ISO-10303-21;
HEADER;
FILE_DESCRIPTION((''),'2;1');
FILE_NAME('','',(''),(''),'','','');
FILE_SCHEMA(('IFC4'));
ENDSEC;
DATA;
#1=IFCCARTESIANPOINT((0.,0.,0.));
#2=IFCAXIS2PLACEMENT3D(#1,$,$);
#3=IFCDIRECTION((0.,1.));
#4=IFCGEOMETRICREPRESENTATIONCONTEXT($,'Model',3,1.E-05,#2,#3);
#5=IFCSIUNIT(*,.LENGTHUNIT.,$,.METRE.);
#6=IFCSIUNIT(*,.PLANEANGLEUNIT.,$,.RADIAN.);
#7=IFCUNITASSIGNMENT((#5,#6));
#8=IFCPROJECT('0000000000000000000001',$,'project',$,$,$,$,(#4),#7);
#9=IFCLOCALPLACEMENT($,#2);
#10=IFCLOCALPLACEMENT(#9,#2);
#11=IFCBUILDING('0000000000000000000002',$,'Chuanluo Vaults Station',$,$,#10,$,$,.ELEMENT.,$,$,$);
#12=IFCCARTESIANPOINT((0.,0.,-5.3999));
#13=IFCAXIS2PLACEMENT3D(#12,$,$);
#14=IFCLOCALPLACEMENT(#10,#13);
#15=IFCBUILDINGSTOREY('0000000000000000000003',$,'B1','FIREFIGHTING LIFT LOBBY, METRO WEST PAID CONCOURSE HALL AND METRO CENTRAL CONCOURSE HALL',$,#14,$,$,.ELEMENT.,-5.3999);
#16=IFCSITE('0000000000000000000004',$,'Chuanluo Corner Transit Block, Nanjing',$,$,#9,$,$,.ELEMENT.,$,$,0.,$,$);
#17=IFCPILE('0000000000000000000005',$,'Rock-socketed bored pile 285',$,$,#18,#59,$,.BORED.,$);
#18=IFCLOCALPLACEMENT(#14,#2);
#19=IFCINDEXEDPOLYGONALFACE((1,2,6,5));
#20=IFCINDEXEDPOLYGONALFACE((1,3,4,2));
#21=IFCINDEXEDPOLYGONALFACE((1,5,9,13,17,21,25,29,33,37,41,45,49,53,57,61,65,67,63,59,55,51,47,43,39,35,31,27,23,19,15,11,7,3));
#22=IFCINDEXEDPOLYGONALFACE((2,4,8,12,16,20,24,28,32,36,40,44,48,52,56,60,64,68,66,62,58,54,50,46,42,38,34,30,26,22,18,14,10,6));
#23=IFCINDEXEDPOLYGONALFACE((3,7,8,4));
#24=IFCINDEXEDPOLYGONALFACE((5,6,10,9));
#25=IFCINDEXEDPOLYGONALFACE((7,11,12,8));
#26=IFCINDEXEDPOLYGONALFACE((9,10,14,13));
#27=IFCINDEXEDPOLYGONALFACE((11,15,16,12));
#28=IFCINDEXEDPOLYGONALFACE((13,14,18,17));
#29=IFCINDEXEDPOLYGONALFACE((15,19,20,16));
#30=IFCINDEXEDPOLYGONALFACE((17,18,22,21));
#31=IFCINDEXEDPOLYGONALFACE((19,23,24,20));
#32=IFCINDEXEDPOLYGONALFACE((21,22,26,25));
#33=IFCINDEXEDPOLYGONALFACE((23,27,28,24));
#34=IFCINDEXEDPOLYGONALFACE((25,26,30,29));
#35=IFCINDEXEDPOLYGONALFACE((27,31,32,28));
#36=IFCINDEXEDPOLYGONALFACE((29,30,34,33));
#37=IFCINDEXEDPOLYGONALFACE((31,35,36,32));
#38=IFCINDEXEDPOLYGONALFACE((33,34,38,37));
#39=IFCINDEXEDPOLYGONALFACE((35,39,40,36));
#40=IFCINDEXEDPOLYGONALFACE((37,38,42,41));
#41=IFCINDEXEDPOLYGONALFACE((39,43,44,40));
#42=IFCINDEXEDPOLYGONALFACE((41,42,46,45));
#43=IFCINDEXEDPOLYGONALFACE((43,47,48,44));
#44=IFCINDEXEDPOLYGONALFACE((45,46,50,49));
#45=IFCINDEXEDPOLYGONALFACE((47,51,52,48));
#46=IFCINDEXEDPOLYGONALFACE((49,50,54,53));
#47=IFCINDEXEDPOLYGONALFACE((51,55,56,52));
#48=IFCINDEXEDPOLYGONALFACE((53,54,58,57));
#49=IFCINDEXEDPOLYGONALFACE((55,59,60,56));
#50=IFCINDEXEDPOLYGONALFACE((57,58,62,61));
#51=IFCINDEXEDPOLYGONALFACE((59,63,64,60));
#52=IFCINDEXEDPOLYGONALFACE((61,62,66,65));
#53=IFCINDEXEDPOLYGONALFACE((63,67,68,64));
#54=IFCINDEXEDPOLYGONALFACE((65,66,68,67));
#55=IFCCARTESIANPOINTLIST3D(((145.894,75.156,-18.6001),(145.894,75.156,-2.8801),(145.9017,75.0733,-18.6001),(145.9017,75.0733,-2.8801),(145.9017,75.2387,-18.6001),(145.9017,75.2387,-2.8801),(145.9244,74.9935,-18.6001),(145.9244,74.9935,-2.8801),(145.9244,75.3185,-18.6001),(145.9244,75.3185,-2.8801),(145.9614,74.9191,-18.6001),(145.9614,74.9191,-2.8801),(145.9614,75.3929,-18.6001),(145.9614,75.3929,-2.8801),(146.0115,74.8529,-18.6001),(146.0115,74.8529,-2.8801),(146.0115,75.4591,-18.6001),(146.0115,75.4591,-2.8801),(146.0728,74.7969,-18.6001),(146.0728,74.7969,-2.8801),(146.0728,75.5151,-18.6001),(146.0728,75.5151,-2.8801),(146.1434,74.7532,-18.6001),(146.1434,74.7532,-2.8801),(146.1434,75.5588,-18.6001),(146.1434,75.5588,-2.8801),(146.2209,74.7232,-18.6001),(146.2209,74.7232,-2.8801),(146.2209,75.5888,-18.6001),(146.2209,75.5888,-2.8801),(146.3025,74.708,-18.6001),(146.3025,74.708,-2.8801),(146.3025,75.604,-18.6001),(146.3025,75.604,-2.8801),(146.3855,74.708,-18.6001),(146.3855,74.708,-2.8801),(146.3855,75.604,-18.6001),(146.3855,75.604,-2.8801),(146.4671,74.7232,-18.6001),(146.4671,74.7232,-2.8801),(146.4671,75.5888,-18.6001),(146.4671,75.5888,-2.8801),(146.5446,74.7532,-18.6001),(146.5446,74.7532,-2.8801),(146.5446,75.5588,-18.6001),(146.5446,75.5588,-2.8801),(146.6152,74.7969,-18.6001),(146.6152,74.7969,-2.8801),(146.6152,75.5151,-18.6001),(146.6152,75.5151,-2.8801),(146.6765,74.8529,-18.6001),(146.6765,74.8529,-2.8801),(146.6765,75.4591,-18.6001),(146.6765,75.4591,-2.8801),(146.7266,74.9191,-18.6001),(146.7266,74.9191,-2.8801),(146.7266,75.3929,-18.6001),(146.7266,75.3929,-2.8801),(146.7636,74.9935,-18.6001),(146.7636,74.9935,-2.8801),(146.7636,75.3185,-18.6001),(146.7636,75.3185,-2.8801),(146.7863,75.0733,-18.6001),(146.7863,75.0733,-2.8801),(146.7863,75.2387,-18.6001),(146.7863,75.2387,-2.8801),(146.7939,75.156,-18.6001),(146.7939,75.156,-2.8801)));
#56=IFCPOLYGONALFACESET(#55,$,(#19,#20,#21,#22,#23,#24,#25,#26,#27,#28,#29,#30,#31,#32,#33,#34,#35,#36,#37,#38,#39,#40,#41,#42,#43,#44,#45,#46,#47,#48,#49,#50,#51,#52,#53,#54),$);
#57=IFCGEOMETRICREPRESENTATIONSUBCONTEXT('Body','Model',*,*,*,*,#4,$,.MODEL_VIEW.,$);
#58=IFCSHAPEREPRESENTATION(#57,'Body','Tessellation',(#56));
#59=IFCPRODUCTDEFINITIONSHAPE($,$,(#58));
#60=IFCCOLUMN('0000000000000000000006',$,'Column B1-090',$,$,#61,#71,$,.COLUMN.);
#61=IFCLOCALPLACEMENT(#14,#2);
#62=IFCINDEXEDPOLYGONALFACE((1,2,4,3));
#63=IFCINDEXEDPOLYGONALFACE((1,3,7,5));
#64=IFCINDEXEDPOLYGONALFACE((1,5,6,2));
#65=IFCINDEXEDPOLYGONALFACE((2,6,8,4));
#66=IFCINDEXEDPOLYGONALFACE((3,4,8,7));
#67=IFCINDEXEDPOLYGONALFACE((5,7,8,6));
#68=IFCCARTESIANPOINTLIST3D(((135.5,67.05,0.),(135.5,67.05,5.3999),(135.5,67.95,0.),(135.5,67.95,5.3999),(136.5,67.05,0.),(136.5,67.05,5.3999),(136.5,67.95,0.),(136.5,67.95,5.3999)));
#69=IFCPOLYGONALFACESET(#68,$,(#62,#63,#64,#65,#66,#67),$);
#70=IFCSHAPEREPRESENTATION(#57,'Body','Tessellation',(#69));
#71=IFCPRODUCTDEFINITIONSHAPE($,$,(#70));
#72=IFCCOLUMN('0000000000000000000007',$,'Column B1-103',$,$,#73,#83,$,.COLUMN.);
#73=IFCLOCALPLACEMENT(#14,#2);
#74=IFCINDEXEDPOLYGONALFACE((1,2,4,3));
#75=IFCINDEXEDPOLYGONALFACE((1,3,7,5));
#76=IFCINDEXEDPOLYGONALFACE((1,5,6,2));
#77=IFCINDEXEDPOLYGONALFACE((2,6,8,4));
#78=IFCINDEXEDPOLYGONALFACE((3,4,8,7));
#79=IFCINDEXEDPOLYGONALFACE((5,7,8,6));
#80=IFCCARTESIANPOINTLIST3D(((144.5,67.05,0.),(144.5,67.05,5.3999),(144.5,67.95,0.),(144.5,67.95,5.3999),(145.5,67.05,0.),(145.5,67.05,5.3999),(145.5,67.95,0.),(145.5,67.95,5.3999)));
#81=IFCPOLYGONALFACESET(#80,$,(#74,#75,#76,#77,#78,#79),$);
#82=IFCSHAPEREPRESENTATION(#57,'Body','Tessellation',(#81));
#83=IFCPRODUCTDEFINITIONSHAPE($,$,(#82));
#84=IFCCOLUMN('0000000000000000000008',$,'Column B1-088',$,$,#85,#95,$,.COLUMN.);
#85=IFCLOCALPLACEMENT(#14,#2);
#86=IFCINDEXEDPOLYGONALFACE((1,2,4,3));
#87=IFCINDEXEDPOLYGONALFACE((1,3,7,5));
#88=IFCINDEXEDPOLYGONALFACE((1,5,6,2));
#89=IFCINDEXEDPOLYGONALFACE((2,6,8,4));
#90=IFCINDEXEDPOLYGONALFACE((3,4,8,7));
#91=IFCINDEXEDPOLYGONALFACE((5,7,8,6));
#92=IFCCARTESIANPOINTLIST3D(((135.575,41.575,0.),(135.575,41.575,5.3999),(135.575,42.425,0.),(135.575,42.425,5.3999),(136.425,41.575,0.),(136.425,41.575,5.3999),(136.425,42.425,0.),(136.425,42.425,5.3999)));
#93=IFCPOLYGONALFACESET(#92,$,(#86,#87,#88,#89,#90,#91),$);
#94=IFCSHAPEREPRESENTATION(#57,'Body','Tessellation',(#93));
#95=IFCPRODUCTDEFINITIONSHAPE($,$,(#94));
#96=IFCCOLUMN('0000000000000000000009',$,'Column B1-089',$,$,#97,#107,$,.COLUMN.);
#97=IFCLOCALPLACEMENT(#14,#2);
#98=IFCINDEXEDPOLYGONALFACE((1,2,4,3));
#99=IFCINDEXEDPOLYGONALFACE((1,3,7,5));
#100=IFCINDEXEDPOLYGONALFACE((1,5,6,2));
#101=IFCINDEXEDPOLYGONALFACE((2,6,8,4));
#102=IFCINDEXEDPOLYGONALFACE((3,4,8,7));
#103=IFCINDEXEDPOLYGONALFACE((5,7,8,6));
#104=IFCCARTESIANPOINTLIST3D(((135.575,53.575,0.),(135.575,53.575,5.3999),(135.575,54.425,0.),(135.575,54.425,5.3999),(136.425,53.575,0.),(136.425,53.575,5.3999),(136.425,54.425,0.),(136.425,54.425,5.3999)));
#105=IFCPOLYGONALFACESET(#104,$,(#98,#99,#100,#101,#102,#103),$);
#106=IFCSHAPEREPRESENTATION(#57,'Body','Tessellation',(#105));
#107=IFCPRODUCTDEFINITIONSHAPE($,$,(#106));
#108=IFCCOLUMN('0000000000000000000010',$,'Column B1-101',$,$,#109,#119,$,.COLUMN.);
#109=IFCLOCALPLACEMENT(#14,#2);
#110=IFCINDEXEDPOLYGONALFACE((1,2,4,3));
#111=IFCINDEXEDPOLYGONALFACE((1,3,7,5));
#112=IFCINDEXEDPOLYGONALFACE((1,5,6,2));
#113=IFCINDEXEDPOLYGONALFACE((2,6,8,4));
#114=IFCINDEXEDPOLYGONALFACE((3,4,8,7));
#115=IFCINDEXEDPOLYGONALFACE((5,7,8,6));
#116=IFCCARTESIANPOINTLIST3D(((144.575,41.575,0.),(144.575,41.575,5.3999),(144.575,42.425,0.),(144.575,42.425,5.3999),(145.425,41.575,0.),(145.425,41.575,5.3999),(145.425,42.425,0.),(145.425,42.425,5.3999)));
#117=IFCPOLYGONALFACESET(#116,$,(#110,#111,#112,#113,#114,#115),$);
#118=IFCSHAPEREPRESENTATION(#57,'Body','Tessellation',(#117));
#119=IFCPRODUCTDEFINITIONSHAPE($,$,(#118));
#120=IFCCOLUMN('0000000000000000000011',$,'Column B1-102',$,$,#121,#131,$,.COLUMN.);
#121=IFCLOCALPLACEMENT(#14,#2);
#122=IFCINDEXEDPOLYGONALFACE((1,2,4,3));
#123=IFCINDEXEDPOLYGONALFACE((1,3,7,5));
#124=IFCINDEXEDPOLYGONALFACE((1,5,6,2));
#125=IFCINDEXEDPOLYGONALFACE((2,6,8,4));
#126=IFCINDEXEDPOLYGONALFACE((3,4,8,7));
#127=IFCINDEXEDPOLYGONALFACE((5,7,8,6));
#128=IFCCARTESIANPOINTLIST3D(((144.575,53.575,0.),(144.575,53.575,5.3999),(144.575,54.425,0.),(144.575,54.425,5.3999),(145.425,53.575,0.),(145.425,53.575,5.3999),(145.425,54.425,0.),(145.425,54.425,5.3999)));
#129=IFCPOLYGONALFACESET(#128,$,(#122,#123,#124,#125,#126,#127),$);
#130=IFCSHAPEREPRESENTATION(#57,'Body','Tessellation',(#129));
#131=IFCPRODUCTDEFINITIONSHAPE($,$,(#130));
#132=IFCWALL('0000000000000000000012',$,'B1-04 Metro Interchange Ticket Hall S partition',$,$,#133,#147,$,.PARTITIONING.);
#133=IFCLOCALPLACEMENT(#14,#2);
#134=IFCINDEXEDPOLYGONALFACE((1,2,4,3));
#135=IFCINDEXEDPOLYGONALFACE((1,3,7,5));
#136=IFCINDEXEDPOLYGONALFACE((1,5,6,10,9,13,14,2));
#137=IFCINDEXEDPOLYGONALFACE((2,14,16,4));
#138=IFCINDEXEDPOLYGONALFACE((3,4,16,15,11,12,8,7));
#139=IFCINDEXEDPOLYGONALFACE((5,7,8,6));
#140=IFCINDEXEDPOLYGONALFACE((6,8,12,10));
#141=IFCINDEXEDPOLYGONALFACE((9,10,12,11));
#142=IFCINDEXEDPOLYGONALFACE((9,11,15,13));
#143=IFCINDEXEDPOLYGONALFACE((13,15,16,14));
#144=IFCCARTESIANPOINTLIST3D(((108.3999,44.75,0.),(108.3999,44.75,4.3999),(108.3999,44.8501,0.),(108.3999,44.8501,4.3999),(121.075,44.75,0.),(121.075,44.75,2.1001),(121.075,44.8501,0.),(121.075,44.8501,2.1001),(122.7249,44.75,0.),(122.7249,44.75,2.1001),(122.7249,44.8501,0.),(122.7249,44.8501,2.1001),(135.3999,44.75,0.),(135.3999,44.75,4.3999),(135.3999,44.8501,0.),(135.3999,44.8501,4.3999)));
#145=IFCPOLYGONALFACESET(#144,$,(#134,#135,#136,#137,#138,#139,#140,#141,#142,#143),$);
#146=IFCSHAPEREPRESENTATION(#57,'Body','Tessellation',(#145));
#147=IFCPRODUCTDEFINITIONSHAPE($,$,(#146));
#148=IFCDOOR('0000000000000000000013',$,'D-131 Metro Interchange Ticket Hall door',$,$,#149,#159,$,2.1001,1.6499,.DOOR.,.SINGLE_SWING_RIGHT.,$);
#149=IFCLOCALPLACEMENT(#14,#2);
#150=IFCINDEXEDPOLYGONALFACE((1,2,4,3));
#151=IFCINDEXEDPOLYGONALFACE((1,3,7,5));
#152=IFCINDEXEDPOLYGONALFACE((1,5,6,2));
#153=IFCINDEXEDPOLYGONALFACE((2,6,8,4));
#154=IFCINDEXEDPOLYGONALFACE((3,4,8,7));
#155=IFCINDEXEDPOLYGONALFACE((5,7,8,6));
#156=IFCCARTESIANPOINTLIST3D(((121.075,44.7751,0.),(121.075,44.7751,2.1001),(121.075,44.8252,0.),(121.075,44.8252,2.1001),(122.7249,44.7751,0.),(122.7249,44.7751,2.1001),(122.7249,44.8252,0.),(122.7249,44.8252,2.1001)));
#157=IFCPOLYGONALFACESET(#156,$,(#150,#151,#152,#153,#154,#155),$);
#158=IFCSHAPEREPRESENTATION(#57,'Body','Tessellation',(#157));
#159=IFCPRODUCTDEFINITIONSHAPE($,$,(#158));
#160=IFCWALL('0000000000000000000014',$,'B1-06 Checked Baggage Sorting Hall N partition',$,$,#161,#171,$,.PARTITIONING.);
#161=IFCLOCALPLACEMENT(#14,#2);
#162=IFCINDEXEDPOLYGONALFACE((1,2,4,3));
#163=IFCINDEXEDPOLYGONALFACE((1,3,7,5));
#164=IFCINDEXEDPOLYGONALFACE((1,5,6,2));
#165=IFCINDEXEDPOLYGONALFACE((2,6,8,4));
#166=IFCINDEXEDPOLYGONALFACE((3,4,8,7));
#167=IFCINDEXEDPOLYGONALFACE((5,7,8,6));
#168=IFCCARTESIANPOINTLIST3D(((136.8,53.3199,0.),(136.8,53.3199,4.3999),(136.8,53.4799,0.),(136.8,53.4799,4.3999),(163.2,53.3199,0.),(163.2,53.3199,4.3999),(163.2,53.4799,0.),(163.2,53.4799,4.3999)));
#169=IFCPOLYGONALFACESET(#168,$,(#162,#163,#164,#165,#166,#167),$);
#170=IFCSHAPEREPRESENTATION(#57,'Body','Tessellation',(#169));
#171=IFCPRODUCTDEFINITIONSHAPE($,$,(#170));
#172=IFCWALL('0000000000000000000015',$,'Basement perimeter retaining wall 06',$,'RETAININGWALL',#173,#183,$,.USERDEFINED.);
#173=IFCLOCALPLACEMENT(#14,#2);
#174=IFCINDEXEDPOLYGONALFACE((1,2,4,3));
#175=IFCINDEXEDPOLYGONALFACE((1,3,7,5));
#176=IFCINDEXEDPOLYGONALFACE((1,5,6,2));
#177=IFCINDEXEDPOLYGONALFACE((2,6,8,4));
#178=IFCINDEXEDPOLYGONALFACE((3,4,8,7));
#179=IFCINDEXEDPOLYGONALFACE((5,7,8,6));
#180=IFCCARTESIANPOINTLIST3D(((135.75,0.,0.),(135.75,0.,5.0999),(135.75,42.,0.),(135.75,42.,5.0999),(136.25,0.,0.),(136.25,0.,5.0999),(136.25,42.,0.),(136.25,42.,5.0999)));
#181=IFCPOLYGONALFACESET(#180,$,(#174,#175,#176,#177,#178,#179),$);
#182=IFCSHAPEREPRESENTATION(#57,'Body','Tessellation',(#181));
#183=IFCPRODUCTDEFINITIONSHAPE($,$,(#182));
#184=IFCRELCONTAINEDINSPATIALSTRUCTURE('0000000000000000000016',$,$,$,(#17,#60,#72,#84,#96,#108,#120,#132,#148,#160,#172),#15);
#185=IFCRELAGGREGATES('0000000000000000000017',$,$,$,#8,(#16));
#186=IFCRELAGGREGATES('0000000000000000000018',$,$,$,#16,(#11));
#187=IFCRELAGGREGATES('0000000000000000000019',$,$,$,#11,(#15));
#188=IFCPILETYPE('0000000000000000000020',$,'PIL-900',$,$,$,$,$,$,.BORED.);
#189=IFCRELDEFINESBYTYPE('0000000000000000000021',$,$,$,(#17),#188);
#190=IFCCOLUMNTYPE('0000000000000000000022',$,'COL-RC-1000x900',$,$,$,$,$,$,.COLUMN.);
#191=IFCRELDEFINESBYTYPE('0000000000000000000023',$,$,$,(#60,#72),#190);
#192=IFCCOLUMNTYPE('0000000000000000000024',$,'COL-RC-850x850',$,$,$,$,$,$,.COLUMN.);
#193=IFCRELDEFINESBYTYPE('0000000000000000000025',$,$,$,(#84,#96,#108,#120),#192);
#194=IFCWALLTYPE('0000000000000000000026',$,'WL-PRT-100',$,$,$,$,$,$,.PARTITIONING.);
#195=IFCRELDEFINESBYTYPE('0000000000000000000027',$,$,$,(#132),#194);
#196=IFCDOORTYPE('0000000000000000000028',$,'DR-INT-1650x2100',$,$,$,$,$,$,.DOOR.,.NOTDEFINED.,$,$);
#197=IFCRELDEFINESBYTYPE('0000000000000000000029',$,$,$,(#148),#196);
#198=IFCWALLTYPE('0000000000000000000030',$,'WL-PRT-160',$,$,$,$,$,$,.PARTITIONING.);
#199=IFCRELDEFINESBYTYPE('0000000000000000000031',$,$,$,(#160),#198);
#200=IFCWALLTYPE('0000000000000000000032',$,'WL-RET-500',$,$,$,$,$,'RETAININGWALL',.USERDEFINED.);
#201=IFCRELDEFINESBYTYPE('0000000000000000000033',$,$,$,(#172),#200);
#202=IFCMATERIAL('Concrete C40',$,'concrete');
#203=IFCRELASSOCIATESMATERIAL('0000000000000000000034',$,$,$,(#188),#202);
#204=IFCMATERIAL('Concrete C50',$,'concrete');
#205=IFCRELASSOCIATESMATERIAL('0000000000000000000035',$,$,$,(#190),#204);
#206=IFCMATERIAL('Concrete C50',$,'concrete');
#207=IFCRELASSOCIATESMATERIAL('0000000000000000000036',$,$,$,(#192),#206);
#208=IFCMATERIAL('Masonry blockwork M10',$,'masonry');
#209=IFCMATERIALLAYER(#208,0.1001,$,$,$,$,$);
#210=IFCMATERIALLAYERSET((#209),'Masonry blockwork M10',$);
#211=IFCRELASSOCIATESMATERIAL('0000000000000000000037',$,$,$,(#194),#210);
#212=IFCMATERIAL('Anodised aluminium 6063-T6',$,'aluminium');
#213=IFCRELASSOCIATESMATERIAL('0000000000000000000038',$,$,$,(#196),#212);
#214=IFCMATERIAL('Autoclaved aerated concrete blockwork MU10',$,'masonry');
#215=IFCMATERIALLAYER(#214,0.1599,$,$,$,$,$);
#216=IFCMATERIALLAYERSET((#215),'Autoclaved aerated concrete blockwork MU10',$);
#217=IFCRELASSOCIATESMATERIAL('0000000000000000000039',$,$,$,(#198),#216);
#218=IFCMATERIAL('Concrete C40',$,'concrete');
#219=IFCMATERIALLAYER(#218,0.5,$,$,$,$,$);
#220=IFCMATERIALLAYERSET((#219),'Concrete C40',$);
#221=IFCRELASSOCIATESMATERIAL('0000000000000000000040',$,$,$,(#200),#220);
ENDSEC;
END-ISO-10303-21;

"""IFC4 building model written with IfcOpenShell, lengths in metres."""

from ifc_helpers import new_model, si_unit, direction, frame, frame_2d, origin, origin_2d, place, context, subcontext, project, spatial, rectangle, circle, extrude, material, layer, layer_set, material_profile, profile_set, type_object, element, fill, save


model = new_model("IFC4")

# Units and contexts
model_context = context("Model", 3, precision=1e-05, world=origin(), true_north=direction((0.0, 1.0)))
body_context = subcontext(model_context, "Body", "Model", "MODEL_VIEW")
ifc_project = project(units=[si_unit("LENGTHUNIT", "METRE"), si_unit("PLANEANGLEUNIT", "RADIAN")], contexts=[model_context])

# Site, building, storey
site_placement = place(None, origin())
site = spatial("IfcSite", under=ifc_project, at=site_placement, Name="Chuanluo Corner Transit Block, Nanjing", CompositionType="ELEMENT", RefElevation=0.0)
building_placement = place(site_placement, origin())
building = spatial("IfcBuilding", under=site, at=building_placement, Name="Chuanluo Vaults Station", CompositionType="ELEMENT")
storey_placement = place(building_placement, frame((0.0, 0.0, -5.3999)))
storey = spatial("IfcBuildingStorey", under=building, at=storey_placement, Name="B1", Description="FIREFIGHTING LIFT LOBBY, METRO WEST PAID CONCOURSE HALL AND METRO CENTRAL CONCOURSE HALL", CompositionType="ELEMENT", Elevation=-5.3999)

# Pile
ifc_material_1 = material(Name="Concrete C40", Category="concrete")
ifc_material_profile_1 = material_profile(ifc_material_1, circle(Radius=0.45, at=origin_2d()))
ifc_profile_set_1 = profile_set([ifc_material_profile_1], Name="Concrete C40")
pile_type_1 = type_object("IfcPileType", Name="PIL-900", PredefinedType="BORED", material=ifc_profile_set_1)
for number, where, z_axis, x_axis, name in (
    (1, (146.344, 75.156, -2.8801), (0.0, 0.0, -1.0), (1.0, 0.0, 0.0), "Rock-socketed bored pile 285"),
):
    element("IfcPile", number, at=place(storey_placement, frame(where, z_axis=z_axis, x_axis=x_axis)), inside=storey, type_object=pile_type_1, Name=name, PredefinedType="BORED", context=body_context, shape_type="SweptSolid", body=[
        extrude(circle(Radius=0.45, at=origin_2d()), origin(), (0.0, 0.0, 1.0), 15.72),
    ])

# Columns
ifc_material_2 = material(Name="Concrete C50", Category="concrete")
ifc_material_profile_2 = material_profile(ifc_material_2, rectangle(XDim=1.0, YDim=0.8999, at=origin_2d()))
ifc_profile_set_2 = profile_set([ifc_material_profile_2], Name="Concrete C50")
column_type_1 = type_object("IfcColumnType", Name="COL-RC-1000x900", PredefinedType="COLUMN", material=ifc_profile_set_2)
for number, where, z_axis, x_axis, name in (
    (2, (136.0, 67.5, 0.0), (0.0, 0.0, 1.0), (1.0, 0.0, 0.0), "Column B1-090"),
    (3, (145.0, 67.5, 0.0), (0.0, 0.0, 1.0), (1.0, 0.0, 0.0), "Column B1-103"),
):
    element("IfcColumn", number, at=place(storey_placement, frame(where, z_axis=z_axis, x_axis=x_axis)), inside=storey, type_object=column_type_1, Name=name, PredefinedType="COLUMN", context=body_context, shape_type="SweptSolid", body=[
        extrude(rectangle(XDim=1.0, YDim=0.8999, at=origin_2d()), origin(), (0.0, 0.0, 1.0), 5.3999),
    ])
ifc_material_3 = material(Name="Concrete C50", Category="concrete")
ifc_material_profile_3 = material_profile(ifc_material_3, rectangle(XDim=0.8501, YDim=0.8501, at=origin_2d()))
ifc_profile_set_3 = profile_set([ifc_material_profile_3], Name="Concrete C50")
column_type_2 = type_object("IfcColumnType", Name="COL-RC-850x850", PredefinedType="COLUMN", material=ifc_profile_set_3)
for number, where, z_axis, x_axis, name in (
    (4, (136.0, 42.0, 0.0), (0.0, 0.0, 1.0), (1.0, 0.0, 0.0), "Column B1-088"),
    (5, (136.0, 54.0, 0.0), (0.0, 0.0, 1.0), (1.0, 0.0, 0.0), "Column B1-089"),
    (6, (145.0, 42.0, 0.0), (0.0, 0.0, 1.0), (1.0, 0.0, 0.0), "Column B1-101"),
    (7, (145.0, 54.0, 0.0), (0.0, 0.0, 1.0), (1.0, 0.0, 0.0), "Column B1-102"),
):
    element("IfcColumn", number, at=place(storey_placement, frame(where, z_axis=z_axis, x_axis=x_axis)), inside=storey, type_object=column_type_2, Name=name, PredefinedType="COLUMN", context=body_context, shape_type="SweptSolid", body=[
        extrude(rectangle(XDim=0.8501, YDim=0.8501, at=origin_2d()), origin(), (0.0, 0.0, 1.0), 5.3999),
    ])

# Wall, opening, door
ifc_material_4 = material(Name="Masonry blockwork M10", Category="masonry")
ifc_layer_1 = layer(ifc_material_4, 0.1001)
ifc_layer_set_1 = layer_set([ifc_layer_1], Name="Masonry blockwork M10")
wall_type_1 = type_object("IfcWallType", Name="WL-PRT-100", PredefinedType="PARTITIONING", material=ifc_layer_set_1)
wall_1_placement = place(storey_placement, frame((135.3999, 44.8, 0.0), z_axis=(0.0, 0.0, 1.0), x_axis=(-1.0, 0.0, 0.0)))
wall_1 = element("IfcWall", 8, at=wall_1_placement, inside=storey, type_object=wall_type_1, Name="B1-04 Metro Interchange Ticket Hall S partition", PredefinedType="PARTITIONING", context=body_context, shape_type="SweptSolid", body=[
    extrude(rectangle(XDim=27.0, YDim=0.1001, at=frame_2d((13.5, 0.0))), origin(), (0.0, 0.0, 1.0), 4.3999),
])
opening_placement = place(wall_1_placement, frame((12.675, 0.0, 0.0)))
opening = element("IfcOpeningElement", 9, at=opening_placement, cuts=wall_1, PredefinedType="OPENING", context=body_context, shape_type="SweptSolid", body=[
    extrude(rectangle(XDim=1.6499, YDim=2.1001, at=frame_2d((0.825, 1.05))), frame((0.0, 0.06, 0.0), z_axis=(0.0, -1.0, 0.0), x_axis=(1.0, 0.0, 0.0)), (0.0, 0.0, 1.0), 0.1201),
])
ifc_material_5 = material(Name="Anodised aluminium 6063-T6", Category="aluminium")
door_type = type_object("IfcDoorType", Name="DR-INT-1650x2100", OperationType="NOTDEFINED", PredefinedType="DOOR", material=ifc_material_5)
door_placement = place(opening_placement, origin())
door = element("IfcDoor", 10, at=door_placement, inside=storey, type_object=door_type, Name="D-131 Metro Interchange Ticket Hall door", OperationType="SINGLE_SWING_RIGHT", OverallHeight=2.1001, OverallWidth=1.6499, PredefinedType="DOOR", context=body_context, shape_type="SweptSolid", body=[
    extrude(rectangle(XDim=1.6499, YDim=2.1001, at=frame_2d((0.825, 1.05))), frame((0.0, 0.0249, 0.0), z_axis=(0.0, -1.0, 0.0), x_axis=(1.0, 0.0, 0.0)), (0.0, 0.0, 1.0), 0.05),
])
fill(opening, door)

# Walls
ifc_material_6 = material(Name="Autoclaved aerated concrete blockwork MU10", Category="masonry")
ifc_layer_2 = layer(ifc_material_6, 0.1599)
ifc_layer_set_2 = layer_set([ifc_layer_2], Name="Autoclaved aerated concrete blockwork MU10")
wall_type_2 = type_object("IfcWallType", Name="WL-PRT-160", PredefinedType="PARTITIONING", material=ifc_layer_set_2)
wall_2_placement = place(storey_placement, frame((136.8, 53.3999, 0.0), z_axis=(0.0, 0.0, 1.0), x_axis=(1.0, 0.0, 0.0)))
element("IfcWall", 11, at=wall_2_placement, inside=storey, type_object=wall_type_2, Name="B1-06 Checked Baggage Sorting Hall N partition", PredefinedType="PARTITIONING", context=body_context, shape_type="SweptSolid", body=[
    extrude(rectangle(XDim=26.3999, YDim=0.1599, at=frame_2d((13.2, 0.0))), origin(), (0.0, 0.0, 1.0), 4.3999),
])
ifc_material_7 = material(Name="Concrete C40", Category="concrete")
ifc_layer_3 = layer(ifc_material_7, 0.5)
ifc_layer_set_3 = layer_set([ifc_layer_3], Name="Concrete C40")
wall_type_3 = type_object("IfcWallType", Name="WL-RET-500", ElementType="RETAININGWALL", PredefinedType="USERDEFINED", material=ifc_layer_set_3)
wall_3_placement = place(storey_placement, frame((136.0, 42.0, 0.0), z_axis=(0.0, 0.0, 1.0), x_axis=(0.0, -1.0, 0.0)))
element("IfcWall", 12, at=wall_3_placement, inside=storey, type_object=wall_type_3, Name="Basement perimeter retaining wall 06", ObjectType="RETAININGWALL", PredefinedType="USERDEFINED", context=body_context, shape_type="SweptSolid", body=[
    extrude(rectangle(XDim=42.0, YDim=0.5, at=frame_2d((21.0, 0.0))), origin(), (0.0, 0.0, 1.0), 5.0999),
])

save(model, "model.ifc")
